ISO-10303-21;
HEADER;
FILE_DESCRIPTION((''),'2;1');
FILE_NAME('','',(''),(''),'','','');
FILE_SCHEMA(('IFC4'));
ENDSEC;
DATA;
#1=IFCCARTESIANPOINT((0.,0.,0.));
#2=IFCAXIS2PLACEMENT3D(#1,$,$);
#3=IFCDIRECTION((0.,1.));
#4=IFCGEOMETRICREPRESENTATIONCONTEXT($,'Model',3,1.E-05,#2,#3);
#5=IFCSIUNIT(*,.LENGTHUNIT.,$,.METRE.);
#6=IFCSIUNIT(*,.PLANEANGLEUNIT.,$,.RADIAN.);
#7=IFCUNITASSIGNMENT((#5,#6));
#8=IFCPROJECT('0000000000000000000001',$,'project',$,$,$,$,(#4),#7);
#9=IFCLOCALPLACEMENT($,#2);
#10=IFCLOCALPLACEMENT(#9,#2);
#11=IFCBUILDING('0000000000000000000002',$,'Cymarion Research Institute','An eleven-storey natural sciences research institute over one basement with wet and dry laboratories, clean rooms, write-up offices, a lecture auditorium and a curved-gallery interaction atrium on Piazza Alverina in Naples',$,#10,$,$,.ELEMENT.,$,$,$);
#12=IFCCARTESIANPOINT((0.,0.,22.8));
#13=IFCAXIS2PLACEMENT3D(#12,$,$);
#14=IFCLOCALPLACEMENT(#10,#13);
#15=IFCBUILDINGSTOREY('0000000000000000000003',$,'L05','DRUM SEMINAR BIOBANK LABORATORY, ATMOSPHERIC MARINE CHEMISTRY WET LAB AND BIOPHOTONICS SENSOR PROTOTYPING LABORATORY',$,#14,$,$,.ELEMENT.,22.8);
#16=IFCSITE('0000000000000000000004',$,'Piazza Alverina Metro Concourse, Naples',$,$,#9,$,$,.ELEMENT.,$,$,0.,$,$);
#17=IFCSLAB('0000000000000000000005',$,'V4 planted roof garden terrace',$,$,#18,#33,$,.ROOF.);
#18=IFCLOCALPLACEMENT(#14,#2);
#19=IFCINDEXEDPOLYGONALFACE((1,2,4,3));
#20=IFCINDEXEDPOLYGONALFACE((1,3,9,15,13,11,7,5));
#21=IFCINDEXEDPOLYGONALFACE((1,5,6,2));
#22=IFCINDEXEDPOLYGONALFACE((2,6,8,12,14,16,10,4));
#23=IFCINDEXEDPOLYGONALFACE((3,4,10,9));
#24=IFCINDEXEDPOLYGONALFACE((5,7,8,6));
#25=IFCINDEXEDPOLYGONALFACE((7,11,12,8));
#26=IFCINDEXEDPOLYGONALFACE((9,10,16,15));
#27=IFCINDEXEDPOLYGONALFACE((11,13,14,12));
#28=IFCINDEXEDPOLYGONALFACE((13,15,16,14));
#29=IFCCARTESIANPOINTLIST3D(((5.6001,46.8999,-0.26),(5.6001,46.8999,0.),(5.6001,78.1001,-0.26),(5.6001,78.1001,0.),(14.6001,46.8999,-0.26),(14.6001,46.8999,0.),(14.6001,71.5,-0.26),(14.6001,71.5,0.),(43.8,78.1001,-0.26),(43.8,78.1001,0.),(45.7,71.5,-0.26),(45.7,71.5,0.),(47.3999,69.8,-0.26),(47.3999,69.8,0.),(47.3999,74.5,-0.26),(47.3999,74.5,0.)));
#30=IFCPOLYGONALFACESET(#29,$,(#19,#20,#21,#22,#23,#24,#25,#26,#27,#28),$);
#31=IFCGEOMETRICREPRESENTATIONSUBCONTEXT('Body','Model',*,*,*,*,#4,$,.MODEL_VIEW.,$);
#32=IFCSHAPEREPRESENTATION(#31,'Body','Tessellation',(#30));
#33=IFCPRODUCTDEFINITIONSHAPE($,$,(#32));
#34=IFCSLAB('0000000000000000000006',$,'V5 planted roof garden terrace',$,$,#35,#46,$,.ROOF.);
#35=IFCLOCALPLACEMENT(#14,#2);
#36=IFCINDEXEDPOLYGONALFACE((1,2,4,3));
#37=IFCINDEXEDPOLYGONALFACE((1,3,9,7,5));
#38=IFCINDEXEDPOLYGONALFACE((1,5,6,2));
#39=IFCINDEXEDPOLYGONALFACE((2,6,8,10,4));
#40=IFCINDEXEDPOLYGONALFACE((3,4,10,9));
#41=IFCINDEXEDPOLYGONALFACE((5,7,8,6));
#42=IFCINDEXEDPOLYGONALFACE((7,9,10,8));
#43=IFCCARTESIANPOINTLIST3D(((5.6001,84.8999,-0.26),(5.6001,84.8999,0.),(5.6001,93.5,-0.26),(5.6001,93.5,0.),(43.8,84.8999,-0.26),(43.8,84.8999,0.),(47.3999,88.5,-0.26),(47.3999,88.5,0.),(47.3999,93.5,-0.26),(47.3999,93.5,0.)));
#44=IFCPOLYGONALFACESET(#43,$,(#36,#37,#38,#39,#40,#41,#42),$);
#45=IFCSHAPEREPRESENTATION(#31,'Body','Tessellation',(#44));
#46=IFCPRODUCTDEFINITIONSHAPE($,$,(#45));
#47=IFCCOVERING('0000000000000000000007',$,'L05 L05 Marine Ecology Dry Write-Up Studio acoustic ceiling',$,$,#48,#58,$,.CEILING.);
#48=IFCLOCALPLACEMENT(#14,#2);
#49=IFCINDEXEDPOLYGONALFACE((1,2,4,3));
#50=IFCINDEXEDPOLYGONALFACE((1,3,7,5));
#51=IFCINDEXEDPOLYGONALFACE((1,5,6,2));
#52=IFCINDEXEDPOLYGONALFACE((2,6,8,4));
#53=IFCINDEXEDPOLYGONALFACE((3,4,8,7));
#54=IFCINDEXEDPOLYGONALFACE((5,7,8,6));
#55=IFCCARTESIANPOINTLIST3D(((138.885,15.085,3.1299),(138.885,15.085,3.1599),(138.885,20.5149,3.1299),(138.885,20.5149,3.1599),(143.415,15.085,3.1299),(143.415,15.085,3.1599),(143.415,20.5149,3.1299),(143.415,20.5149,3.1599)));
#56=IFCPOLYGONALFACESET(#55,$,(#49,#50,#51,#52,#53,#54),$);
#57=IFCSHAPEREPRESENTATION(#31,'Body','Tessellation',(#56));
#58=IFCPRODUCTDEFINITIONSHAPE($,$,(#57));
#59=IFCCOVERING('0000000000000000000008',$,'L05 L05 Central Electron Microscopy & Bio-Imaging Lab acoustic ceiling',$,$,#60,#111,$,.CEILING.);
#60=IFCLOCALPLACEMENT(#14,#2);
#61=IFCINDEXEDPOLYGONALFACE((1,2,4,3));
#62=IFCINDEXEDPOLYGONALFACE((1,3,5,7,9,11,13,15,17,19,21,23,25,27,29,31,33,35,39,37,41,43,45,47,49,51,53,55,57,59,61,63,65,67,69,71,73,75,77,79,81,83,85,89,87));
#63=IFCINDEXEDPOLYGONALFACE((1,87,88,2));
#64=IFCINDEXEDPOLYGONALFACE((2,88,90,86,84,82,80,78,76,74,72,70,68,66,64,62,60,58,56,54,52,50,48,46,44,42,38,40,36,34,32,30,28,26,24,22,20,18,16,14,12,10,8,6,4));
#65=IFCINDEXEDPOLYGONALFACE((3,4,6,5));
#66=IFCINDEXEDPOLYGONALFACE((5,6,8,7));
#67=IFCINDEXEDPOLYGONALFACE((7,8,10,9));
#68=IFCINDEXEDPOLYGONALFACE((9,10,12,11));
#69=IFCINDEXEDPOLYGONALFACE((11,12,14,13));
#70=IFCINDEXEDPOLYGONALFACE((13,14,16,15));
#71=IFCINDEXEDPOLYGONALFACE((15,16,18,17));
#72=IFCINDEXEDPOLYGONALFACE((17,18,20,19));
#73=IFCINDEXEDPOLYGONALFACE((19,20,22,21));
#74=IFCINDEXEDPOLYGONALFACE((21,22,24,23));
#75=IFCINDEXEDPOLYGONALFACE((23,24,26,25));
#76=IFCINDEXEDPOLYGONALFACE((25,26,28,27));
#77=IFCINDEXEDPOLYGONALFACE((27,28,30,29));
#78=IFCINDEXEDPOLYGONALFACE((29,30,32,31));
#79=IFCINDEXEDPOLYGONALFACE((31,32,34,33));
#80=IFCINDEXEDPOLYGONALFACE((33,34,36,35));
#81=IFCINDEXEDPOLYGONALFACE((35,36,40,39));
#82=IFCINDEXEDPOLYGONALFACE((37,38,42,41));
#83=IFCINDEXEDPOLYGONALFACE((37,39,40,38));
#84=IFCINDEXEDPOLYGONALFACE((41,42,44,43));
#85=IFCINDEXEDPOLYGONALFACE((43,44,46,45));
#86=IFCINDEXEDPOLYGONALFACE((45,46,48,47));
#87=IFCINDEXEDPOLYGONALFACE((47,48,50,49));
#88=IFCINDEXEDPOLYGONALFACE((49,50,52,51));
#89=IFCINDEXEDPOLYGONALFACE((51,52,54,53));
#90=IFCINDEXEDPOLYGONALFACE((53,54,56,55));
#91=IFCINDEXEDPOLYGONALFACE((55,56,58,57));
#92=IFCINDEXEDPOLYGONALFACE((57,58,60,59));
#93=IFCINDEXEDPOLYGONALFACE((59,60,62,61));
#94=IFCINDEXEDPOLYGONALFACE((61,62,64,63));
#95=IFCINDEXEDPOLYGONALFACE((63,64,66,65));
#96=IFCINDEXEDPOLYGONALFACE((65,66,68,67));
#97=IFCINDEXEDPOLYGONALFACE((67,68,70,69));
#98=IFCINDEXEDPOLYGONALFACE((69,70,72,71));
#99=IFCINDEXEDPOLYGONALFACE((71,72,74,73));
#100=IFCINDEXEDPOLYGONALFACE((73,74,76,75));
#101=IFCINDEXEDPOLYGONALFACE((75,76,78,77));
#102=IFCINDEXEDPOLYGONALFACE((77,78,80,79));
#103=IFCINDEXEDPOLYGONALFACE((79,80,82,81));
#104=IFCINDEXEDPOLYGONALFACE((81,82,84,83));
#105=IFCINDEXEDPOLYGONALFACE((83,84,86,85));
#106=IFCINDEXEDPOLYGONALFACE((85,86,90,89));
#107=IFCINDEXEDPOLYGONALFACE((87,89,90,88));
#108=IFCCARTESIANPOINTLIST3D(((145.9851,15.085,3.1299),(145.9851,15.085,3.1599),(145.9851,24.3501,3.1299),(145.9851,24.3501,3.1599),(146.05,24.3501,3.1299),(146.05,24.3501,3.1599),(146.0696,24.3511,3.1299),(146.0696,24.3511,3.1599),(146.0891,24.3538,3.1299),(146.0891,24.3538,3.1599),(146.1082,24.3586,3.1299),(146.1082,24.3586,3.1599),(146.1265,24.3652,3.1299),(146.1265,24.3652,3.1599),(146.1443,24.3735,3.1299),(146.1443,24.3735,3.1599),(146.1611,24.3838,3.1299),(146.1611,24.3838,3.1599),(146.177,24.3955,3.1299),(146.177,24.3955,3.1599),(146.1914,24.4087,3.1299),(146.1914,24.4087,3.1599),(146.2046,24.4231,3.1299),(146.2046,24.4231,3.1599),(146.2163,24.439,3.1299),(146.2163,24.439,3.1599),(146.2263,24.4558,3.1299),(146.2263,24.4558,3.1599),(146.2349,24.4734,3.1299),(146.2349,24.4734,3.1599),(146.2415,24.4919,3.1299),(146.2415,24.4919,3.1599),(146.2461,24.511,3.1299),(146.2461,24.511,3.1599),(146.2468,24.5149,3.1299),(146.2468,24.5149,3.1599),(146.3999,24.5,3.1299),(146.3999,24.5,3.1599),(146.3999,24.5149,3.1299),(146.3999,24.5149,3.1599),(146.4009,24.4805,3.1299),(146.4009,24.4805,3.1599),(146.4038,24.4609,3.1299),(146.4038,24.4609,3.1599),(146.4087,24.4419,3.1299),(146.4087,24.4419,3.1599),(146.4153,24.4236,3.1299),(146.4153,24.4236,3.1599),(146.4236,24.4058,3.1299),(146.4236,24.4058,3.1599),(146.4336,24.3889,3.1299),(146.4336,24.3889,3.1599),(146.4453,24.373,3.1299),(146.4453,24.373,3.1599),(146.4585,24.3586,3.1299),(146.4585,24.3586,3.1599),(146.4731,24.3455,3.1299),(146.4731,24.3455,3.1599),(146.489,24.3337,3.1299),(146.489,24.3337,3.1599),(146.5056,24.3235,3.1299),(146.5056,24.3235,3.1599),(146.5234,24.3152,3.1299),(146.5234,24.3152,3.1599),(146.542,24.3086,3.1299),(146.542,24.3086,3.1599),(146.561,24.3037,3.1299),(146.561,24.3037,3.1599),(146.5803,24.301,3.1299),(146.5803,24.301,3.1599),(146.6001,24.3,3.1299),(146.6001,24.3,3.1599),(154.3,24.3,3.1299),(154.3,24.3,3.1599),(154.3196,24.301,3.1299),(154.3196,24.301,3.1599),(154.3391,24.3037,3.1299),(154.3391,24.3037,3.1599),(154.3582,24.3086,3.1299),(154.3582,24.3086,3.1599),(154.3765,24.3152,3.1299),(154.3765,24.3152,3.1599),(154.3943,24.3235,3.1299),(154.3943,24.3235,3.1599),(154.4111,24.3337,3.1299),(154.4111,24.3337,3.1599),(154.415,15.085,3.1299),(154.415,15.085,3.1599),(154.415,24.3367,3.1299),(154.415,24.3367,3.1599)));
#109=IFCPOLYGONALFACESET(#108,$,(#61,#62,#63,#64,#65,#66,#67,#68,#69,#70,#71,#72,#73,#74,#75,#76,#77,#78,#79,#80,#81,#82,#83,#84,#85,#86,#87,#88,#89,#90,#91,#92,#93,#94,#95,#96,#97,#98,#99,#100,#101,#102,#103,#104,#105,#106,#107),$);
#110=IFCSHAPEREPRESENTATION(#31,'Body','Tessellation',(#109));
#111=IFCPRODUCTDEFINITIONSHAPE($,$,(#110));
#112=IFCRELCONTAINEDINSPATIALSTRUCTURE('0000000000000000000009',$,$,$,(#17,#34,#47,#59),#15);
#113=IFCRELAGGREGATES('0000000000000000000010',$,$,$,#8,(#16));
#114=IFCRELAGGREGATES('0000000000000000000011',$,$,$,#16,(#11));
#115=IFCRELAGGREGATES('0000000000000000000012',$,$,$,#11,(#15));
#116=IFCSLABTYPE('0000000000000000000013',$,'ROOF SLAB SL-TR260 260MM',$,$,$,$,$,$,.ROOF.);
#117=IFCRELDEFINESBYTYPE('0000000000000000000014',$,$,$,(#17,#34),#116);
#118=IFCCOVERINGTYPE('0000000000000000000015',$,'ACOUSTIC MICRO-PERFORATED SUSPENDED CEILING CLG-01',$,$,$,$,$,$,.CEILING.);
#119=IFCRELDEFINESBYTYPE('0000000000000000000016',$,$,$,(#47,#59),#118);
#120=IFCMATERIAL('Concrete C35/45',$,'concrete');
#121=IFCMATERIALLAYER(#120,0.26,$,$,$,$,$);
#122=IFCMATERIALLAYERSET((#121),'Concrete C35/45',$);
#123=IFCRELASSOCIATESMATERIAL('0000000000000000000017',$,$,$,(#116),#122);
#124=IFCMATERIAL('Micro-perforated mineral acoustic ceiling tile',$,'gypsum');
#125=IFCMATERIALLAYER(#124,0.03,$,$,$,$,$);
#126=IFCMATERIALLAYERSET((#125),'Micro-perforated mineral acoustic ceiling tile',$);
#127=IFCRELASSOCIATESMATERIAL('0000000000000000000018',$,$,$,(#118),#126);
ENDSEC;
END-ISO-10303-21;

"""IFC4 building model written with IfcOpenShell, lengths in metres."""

from ifc_helpers import new_model, si_unit, direction, frame, origin, place, context, subcontext, project, spatial, polyline, outline, extrude, material, layer, layer_set, type_object, element, save


model = new_model("IFC4")

# Units and contexts
model_context = context("Model", 3, precision=1e-05, world=origin(), true_north=direction((0.0, 1.0)))
body_context = subcontext(model_context, "Body", "Model", "MODEL_VIEW")
ifc_project = project(units=[si_unit("LENGTHUNIT", "METRE"), si_unit("PLANEANGLEUNIT", "RADIAN")], contexts=[model_context])

# Site, building, storey
site_placement = place(None, origin())
site = spatial("IfcSite", under=ifc_project, at=site_placement, Name="Piazza Alverina Metro Concourse, Naples", CompositionType="ELEMENT", RefElevation=0.0)
building_placement = place(site_placement, origin())
building = spatial("IfcBuilding", under=site, at=building_placement, Name="Cymarion Research Institute", Description="An eleven-storey natural sciences research institute over one basement with wet and dry laboratories, clean rooms, write-up offices, a lecture auditorium and a curved-gallery interaction atrium on Piazza Alverina in Naples", CompositionType="ELEMENT")
storey_placement = place(building_placement, frame((0.0, 0.0, 22.8)))
storey = spatial("IfcBuildingStorey", under=building, at=storey_placement, Name="L05", Description="DRUM SEMINAR BIOBANK LABORATORY, ATMOSPHERIC MARINE CHEMISTRY WET LAB AND BIOPHOTONICS SENSOR PROTOTYPING LABORATORY", CompositionType="ELEMENT", Elevation=22.8)

# Shared definitions
ifc_material_1 = material(Name="Concrete C35/45", Category="concrete")

# Slabs
ifc_layer_1 = layer(ifc_material_1, 0.26)
ifc_layer_set_1 = layer_set([ifc_layer_1], Name="Concrete C35/45")
slab_type_1 = type_object("IfcSlabType", Name="ROOF SLAB SL-TR260 260MM", PredefinedType="ROOF", material=ifc_layer_set_1)
slab_1_placement = place(storey_placement, frame((0.0, 0.0, -0.26)))
element("IfcSlab", 1, at=slab_1_placement, inside=storey, type_object=slab_type_1, Name="V4 planted roof garden terrace", PredefinedType="ROOF", context=body_context, shape_type="SweptSolid", body=[
    extrude(outline(polyline([(5.6001, 46.8999), (14.6001, 46.8999), (14.6001, 71.5), (45.7, 71.5), (47.3999, 69.8), (47.3999, 74.5), (43.8, 78.1001), (5.6001, 78.1001), (5.6001, 46.8999)])), origin(), (0.0, 0.0, 1.0), 0.26),
])
slab_2_placement = place(storey_placement, frame((0.0, 0.0, -0.26)))
element("IfcSlab", 2, at=slab_2_placement, inside=storey, type_object=slab_type_1, Name="V5 planted roof garden terrace", PredefinedType="ROOF", context=body_context, shape_type="SweptSolid", body=[
    extrude(outline(polyline([(5.6001, 84.8999), (43.8, 84.8999), (47.3999, 88.5), (47.3999, 93.5), (5.6001, 93.5), (5.6001, 84.8999)])), origin(), (0.0, 0.0, 1.0), 0.26),
])

# Coverings
ifc_material_2 = material(Name="Micro-perforated mineral acoustic ceiling tile", Category="gypsum")
ifc_layer_2 = layer(ifc_material_2, 0.03)
ifc_layer_set_2 = layer_set([ifc_layer_2], Name="Micro-perforated mineral acoustic ceiling tile")
covering_type_1 = type_object("IfcCoveringType", Name="ACOUSTIC MICRO-PERFORATED SUSPENDED CEILING CLG-01", PredefinedType="CEILING", material=ifc_layer_set_2)
covering_1_placement = place(storey_placement, frame((0.0, 0.0, 3.1299)))
element("IfcCovering", 3, at=covering_1_placement, inside=storey, type_object=covering_type_1, Name="L05 L05 Marine Ecology Dry Write-Up Studio acoustic ceiling", PredefinedType="CEILING", context=body_context, shape_type="SweptSolid", body=[
    extrude(outline(polyline([(143.415, 20.5149), (143.415, 15.085), (138.885, 15.085), (138.885, 20.5149), (143.415, 20.5149)])), origin(), (0.0, 0.0, 1.0), 0.03),
])
covering_2_placement = place(storey_placement, frame((0.0, 0.0, 3.1299)))
element("IfcCovering", 4, at=covering_2_placement, inside=storey, type_object=covering_type_1, Name="L05 L05 Central Electron Microscopy & Bio-Imaging Lab acoustic ceiling", PredefinedType="CEILING", context=body_context, shape_type="SweptSolid", body=[
    extrude(outline(polyline([(146.3999, 24.5149), (146.3999, 24.5), (146.4009, 24.4805), (146.4038, 24.4609), (146.4087, 24.4419), (146.4153, 24.4236), (146.4236, 24.4058), (146.4336, 24.3889), (146.4453, 24.373), (146.4585, 24.3586), (146.4731, 24.3455), (146.489, 24.3337), (146.5056, 24.3235), (146.5234, 24.3152), (146.542, 24.3086), (146.561, 24.3037), (146.5803, 24.301), (146.6001, 24.3), (154.3, 24.3), (154.3196, 24.301), (154.3391, 24.3037), (154.3582, 24.3086), (154.3765, 24.3152), (154.3943, 24.3235), (154.4111, 24.3337), (154.415, 24.3367), (154.415, 15.085), (145.9851, 15.085), (145.9851, 24.3501), (146.05, 24.3501), (146.0696, 24.3511), (146.0891, 24.3538), (146.1082, 24.3586), (146.1265, 24.3652), (146.1443, 24.3735), (146.1611, 24.3838), (146.177, 24.3955), (146.1914, 24.4087), (146.2046, 24.4231), (146.2163, 24.439), (146.2263, 24.4558), (146.2349, 24.4734), (146.2415, 24.4919), (146.2461, 24.511), (146.2468, 24.5149), (146.3999, 24.5149)])), origin(), (0.0, 0.0, 1.0), 0.03),
])

save(model, "model.ifc")
